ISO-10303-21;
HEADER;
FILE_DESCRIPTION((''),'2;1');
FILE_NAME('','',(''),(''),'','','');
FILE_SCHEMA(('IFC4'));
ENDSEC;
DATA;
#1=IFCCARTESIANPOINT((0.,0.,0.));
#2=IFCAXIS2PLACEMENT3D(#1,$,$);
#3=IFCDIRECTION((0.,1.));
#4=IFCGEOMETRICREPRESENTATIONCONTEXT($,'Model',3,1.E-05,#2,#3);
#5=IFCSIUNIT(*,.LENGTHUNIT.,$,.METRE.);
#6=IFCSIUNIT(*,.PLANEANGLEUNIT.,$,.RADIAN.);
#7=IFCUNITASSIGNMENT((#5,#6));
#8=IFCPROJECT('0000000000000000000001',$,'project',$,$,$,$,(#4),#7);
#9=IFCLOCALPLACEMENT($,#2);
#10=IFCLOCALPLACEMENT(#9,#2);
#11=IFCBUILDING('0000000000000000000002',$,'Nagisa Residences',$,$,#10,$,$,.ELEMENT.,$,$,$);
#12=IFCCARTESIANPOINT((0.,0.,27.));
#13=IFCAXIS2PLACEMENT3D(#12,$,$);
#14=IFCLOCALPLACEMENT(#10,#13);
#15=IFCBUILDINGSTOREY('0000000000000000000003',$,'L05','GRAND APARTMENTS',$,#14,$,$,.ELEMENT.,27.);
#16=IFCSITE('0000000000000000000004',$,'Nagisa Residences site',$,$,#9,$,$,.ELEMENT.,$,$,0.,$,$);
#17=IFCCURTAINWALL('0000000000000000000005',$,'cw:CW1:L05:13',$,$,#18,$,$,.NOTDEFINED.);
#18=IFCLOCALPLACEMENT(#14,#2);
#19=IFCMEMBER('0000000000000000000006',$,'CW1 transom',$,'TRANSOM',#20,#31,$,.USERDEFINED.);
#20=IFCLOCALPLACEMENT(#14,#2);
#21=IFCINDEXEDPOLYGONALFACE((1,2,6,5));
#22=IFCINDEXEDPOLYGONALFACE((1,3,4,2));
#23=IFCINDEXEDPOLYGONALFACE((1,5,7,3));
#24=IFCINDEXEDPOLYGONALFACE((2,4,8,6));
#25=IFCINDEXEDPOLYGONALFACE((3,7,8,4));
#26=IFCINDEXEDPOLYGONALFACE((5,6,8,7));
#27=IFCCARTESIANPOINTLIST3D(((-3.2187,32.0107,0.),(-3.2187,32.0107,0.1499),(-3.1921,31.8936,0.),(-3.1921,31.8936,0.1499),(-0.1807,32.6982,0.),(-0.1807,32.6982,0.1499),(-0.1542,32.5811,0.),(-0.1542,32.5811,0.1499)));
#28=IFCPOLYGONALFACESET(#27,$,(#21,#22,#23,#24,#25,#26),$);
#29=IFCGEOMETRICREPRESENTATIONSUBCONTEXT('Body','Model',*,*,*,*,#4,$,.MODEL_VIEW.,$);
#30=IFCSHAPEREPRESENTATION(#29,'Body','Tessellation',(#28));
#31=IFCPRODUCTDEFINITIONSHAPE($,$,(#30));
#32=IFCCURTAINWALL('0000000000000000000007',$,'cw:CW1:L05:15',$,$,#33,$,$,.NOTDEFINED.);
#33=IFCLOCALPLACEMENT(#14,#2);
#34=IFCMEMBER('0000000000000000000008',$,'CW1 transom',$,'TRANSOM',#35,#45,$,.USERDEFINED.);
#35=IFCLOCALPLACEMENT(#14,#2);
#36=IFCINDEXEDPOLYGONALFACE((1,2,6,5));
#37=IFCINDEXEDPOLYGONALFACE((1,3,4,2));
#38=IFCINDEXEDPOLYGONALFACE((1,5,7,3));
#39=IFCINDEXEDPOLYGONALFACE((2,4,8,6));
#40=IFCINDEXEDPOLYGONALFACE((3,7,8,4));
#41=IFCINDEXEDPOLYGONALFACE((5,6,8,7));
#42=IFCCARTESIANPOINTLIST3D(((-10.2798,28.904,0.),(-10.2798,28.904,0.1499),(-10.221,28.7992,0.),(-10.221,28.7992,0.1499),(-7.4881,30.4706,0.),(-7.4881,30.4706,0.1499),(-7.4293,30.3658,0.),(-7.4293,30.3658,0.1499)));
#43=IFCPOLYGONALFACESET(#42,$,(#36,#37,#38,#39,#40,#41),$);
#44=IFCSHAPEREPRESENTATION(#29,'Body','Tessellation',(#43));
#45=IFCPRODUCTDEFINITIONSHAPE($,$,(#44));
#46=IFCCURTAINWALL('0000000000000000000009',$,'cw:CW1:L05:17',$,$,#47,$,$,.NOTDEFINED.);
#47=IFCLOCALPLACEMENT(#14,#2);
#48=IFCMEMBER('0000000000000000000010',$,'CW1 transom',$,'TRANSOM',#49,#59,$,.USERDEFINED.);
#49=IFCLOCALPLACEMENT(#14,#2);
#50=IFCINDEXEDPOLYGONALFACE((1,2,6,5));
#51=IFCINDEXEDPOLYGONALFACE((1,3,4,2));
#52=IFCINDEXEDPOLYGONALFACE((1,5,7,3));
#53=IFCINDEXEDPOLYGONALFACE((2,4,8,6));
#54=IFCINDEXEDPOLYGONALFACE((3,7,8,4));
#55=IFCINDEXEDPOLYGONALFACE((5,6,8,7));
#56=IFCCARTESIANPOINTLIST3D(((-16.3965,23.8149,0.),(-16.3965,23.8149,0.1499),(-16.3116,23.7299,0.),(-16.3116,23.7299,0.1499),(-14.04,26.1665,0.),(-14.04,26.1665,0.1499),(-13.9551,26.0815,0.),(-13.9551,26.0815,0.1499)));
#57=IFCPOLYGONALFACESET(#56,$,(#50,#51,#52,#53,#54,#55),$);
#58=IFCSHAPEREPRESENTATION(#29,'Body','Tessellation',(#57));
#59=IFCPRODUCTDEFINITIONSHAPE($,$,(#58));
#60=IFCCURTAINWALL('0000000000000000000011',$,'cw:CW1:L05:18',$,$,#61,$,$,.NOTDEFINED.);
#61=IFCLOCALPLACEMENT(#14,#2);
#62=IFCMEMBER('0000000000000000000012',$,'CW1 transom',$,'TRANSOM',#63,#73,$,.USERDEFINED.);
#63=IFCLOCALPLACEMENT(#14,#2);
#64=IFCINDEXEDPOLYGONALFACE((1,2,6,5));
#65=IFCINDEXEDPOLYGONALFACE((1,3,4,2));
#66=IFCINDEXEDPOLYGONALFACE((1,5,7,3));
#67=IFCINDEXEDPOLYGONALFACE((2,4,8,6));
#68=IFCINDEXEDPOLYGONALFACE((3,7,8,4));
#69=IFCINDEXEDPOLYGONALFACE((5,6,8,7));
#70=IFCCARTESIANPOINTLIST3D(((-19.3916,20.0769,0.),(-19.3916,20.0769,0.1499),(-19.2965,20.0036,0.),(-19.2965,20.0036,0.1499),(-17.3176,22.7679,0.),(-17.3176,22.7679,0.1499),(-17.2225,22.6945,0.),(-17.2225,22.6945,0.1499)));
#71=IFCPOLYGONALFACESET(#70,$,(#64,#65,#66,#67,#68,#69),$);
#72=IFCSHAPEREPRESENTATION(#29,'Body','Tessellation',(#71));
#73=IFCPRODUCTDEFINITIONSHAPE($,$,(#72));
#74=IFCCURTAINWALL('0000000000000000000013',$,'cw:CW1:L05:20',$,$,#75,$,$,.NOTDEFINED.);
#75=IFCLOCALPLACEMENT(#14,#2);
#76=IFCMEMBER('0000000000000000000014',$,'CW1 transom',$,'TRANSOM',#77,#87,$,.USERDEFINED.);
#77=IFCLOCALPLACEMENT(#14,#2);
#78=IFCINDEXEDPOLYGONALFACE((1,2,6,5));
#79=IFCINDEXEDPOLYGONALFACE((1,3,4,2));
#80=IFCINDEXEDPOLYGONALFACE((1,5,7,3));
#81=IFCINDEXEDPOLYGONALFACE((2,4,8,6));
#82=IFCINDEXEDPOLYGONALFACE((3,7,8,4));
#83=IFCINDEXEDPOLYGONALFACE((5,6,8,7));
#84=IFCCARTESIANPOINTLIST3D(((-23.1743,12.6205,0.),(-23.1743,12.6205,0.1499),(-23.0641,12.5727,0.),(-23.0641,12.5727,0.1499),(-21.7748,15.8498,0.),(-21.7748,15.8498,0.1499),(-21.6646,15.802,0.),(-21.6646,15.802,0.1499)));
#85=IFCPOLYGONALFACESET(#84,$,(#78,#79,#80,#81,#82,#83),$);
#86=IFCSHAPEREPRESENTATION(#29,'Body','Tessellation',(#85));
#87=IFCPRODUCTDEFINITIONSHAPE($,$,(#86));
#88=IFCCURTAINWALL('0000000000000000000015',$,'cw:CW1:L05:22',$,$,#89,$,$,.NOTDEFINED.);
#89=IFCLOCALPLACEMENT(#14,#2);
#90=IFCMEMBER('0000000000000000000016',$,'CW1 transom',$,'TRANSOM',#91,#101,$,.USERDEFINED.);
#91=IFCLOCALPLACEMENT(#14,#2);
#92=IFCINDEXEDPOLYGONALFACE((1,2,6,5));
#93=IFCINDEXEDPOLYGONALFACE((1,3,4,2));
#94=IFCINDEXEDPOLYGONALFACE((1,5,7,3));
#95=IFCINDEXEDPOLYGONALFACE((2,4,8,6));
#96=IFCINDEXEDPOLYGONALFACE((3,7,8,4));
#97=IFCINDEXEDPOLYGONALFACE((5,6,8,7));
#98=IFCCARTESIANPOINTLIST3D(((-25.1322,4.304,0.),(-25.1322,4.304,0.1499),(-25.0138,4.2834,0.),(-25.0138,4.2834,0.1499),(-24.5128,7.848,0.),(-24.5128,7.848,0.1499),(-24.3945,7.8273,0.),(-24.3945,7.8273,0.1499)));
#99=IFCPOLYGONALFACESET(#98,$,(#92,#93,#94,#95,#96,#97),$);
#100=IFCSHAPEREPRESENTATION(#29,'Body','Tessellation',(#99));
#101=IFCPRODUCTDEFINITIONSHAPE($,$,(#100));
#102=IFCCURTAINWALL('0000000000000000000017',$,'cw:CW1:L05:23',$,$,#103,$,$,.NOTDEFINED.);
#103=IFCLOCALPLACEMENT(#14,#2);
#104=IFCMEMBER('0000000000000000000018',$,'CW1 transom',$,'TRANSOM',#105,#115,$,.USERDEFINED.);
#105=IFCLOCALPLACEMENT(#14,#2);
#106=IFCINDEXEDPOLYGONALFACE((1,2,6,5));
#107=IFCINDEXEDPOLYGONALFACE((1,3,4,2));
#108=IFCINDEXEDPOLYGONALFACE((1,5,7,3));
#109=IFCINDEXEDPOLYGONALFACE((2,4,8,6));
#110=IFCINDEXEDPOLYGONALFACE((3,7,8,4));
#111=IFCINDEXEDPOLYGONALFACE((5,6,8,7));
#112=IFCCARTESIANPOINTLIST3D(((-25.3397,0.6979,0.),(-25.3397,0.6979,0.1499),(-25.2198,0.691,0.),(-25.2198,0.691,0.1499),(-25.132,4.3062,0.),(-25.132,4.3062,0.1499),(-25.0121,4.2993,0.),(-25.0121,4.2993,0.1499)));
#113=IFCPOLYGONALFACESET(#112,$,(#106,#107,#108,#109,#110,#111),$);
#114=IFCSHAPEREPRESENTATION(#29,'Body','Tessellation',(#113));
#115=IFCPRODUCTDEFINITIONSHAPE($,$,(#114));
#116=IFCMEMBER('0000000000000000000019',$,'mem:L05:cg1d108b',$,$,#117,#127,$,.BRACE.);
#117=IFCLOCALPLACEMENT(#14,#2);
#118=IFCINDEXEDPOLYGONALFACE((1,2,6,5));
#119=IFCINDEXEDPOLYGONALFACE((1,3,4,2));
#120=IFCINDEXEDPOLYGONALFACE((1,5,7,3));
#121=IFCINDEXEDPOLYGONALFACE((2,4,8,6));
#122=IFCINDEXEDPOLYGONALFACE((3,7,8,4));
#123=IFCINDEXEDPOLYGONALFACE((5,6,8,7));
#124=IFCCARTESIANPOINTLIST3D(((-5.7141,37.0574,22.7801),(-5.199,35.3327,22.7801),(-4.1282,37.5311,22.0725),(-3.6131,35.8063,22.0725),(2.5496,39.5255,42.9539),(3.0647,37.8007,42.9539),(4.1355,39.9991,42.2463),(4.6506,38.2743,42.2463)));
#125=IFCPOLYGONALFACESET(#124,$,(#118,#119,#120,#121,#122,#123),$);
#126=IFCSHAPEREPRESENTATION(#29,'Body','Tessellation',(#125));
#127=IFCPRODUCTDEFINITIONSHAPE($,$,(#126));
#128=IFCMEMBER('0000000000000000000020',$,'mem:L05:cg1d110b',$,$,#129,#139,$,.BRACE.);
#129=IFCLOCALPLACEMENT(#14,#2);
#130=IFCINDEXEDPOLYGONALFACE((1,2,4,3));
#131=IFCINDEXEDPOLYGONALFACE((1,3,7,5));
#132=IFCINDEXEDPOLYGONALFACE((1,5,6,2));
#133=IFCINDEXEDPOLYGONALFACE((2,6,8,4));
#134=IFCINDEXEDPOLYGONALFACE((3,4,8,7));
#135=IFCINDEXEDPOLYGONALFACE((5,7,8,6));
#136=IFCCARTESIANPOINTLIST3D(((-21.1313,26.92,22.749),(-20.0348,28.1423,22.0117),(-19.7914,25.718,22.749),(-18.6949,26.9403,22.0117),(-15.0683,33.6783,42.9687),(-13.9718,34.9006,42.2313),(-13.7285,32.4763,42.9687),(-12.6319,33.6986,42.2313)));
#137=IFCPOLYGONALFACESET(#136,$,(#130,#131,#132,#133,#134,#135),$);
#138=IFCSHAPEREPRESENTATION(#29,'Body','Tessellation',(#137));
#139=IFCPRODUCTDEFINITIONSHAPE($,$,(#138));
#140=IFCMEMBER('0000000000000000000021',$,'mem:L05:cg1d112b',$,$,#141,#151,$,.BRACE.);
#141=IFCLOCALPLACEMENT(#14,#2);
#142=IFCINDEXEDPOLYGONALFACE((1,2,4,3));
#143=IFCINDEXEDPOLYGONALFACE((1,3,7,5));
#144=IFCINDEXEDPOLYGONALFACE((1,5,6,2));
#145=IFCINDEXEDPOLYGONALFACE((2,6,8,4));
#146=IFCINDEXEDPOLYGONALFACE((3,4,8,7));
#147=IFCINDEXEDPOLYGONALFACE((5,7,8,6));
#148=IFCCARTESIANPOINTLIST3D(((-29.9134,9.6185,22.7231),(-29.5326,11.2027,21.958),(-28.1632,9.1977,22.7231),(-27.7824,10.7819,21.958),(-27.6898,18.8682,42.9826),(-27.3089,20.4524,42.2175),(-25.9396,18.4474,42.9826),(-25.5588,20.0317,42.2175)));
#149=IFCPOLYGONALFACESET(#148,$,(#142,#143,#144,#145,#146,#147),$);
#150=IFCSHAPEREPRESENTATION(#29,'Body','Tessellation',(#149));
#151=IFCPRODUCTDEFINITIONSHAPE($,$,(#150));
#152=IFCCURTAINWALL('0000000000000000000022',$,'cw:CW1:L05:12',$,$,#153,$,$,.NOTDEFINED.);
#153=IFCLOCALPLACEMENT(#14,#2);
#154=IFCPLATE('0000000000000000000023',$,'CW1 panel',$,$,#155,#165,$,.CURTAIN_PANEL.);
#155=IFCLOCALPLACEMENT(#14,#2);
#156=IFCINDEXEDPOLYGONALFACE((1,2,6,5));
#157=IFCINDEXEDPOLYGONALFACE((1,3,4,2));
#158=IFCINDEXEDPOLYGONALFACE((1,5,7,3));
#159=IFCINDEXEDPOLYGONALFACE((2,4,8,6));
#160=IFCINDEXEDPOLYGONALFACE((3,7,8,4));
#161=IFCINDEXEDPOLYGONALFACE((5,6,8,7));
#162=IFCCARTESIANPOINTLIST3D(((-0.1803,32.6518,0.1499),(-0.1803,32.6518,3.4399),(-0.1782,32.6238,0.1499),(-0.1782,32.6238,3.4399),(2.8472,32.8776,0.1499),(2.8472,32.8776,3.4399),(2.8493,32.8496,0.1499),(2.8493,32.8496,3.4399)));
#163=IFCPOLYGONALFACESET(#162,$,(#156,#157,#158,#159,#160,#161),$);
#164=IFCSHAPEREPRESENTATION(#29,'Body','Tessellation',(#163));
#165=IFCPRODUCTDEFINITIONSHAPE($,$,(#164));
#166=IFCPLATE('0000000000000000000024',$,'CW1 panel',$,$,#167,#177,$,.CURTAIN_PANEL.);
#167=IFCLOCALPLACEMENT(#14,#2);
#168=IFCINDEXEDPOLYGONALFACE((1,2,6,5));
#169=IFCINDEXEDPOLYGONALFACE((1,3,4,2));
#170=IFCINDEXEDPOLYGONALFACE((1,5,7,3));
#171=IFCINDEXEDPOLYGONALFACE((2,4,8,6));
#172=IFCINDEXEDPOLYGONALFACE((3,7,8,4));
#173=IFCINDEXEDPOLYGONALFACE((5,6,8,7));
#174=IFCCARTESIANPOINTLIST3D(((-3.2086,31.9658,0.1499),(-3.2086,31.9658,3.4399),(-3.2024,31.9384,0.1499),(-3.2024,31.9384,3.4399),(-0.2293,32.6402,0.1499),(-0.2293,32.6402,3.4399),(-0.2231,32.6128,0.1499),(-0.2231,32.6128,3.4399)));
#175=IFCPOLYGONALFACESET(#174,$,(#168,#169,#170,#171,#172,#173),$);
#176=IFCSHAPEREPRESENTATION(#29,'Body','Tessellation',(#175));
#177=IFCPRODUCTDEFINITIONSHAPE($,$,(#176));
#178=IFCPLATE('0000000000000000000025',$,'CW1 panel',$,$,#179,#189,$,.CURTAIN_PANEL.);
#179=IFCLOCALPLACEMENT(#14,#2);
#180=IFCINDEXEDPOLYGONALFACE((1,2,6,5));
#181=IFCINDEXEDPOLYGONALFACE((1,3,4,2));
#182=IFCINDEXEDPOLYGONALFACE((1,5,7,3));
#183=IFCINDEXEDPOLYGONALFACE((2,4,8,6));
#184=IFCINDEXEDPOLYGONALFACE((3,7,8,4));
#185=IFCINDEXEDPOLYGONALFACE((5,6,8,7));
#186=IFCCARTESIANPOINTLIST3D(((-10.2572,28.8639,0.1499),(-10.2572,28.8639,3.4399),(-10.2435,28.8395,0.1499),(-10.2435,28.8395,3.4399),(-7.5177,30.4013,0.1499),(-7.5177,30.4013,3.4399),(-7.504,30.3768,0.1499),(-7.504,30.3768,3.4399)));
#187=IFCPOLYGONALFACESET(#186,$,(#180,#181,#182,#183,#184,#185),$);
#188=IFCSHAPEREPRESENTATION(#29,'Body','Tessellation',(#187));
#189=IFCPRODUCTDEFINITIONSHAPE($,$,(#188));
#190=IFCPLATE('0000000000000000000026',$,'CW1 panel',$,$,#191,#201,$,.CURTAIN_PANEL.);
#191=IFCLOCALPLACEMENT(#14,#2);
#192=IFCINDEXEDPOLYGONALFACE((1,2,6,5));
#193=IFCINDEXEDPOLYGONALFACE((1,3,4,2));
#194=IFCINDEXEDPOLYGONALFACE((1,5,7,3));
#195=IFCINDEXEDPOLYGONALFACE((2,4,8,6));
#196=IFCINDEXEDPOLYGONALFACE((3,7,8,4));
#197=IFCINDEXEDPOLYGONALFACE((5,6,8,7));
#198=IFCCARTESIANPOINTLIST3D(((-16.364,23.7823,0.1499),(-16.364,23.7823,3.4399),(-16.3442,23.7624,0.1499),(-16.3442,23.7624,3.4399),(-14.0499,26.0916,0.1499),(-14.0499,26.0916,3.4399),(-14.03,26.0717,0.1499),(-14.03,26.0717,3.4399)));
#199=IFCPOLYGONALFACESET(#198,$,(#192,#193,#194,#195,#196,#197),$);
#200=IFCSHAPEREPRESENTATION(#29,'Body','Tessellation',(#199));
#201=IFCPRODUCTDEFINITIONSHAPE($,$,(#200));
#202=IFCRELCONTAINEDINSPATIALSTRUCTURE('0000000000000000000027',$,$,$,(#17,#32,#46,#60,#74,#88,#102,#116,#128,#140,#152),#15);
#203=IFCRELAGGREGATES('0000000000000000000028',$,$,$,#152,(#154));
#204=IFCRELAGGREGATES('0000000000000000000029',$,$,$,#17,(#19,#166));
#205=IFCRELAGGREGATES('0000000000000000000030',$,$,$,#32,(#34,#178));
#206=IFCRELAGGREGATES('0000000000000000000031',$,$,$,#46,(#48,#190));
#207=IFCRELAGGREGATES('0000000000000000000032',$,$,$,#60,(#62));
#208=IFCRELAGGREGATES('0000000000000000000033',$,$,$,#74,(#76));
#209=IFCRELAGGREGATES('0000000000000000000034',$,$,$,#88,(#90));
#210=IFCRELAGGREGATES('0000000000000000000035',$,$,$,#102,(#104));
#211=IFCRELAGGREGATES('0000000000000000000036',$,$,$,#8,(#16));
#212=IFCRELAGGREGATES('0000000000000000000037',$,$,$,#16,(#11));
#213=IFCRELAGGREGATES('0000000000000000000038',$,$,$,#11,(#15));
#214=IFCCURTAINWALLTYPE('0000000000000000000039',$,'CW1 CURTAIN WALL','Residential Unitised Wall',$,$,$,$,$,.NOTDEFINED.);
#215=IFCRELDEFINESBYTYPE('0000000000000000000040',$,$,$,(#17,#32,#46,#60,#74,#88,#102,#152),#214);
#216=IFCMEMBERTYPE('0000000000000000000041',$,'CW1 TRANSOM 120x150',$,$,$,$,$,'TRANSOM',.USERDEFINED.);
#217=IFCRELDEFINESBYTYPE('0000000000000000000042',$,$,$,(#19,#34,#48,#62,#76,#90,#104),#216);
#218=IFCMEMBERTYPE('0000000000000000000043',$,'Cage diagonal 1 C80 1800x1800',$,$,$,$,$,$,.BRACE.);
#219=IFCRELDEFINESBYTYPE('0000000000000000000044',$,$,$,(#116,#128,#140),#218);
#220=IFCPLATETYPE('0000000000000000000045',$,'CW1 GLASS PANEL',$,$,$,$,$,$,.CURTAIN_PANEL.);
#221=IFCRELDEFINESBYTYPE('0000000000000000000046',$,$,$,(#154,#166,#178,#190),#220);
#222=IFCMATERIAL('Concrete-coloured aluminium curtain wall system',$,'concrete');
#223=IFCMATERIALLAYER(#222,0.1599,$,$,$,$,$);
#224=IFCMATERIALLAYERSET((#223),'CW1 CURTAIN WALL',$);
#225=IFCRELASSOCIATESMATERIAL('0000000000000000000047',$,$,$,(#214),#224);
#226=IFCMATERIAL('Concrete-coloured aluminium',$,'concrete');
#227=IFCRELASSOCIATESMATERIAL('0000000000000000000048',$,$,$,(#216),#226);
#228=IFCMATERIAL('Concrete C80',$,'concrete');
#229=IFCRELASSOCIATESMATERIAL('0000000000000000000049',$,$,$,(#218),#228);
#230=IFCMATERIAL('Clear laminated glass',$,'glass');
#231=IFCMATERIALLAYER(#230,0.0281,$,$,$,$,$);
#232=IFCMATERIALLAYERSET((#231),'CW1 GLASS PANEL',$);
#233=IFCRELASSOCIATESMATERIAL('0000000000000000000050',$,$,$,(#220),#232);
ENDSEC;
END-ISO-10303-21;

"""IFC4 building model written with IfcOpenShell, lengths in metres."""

from ifc_helpers import new_model, si_unit, direction, frame, origin, origin_2d, place, context, subcontext, project, spatial, rectangle, extrude, material, layer, layer_set, material_profile, profile_set, type_object, element, aggregate, save


model = new_model("IFC4")

# Units and contexts
model_context = context("Model", 3, precision=1e-05, world=origin(), true_north=direction((0.0, 1.0)))
body_context = subcontext(model_context, "Body", "Model", "MODEL_VIEW")
ifc_project = project(units=[si_unit("LENGTHUNIT", "METRE"), si_unit("PLANEANGLEUNIT", "RADIAN")], contexts=[model_context])

# Site, building, storey
site_placement = place(None, origin())
site = spatial("IfcSite", under=ifc_project, at=site_placement, Name="Nagisa Residences site", CompositionType="ELEMENT", RefElevation=0.0)
building_placement = place(site_placement, origin())
building = spatial("IfcBuilding", under=site, at=building_placement, Name="Nagisa Residences", CompositionType="ELEMENT")
storey_placement = place(building_placement, frame((0.0, 0.0, 27.0)))
storey = spatial("IfcBuildingStorey", under=building, at=storey_placement, Name="L05", Description="GRAND APARTMENTS", CompositionType="ELEMENT", Elevation=27.0)

# Curtain walls, members
ifc_material_1 = material(Name="Concrete-coloured aluminium curtain wall system", Category="concrete")
ifc_layer_1 = layer(ifc_material_1, 0.1599)
ifc_layer_set_1 = layer_set([ifc_layer_1], Name="CW1 CURTAIN WALL")
curtain_wall_type = type_object("IfcCurtainWallType", Name="CW1 CURTAIN WALL", Description="Residential Unitised Wall", PredefinedType="NOTDEFINED", material=ifc_layer_set_1)
curtain_wall_1_placement = place(storey_placement, origin())
curtain_wall_1 = element("IfcCurtainWall", 1, at=curtain_wall_1_placement, inside=storey, type_object=curtain_wall_type, Name="cw:CW1:L05:13", PredefinedType="NOTDEFINED")
ifc_material_2 = material(Name="Concrete-coloured aluminium", Category="concrete")
ifc_material_profile_1 = material_profile(ifc_material_2, rectangle(XDim=0.1201, YDim=0.1499, at=origin_2d()), Name="CW1 TRANSOM 120x150")
ifc_profile_set_1 = profile_set([ifc_material_profile_1], Name="Concrete-coloured aluminium")
member_type_1 = type_object("IfcMemberType", Name="CW1 TRANSOM 120x150", ElementType="TRANSOM", PredefinedType="USERDEFINED", material=ifc_profile_set_1)
member_1_placement = place(storey_placement, frame((-0.1675, 32.6396, 0.075), z_axis=(-0.975335, -0.22073, 0.0), x_axis=(0.22073, -0.975335, 0.0)))
member_1 = element("IfcMember", 2, at=member_1_placement, type_object=member_type_1, Name="CW1 transom", ObjectType="TRANSOM", PredefinedType="USERDEFINED", context=body_context, shape_type="SweptSolid", body=[
    extrude(rectangle(XDim=0.1201, YDim=0.1499, at=origin_2d()), origin(), (0.0, 0.0, 1.0), 3.1147),
])
curtain_wall_2_placement = place(storey_placement, origin())
curtain_wall_2 = element("IfcCurtainWall", 3, at=curtain_wall_2_placement, inside=storey, type_object=curtain_wall_type, Name="cw:CW1:L05:15", PredefinedType="NOTDEFINED")
member_2_placement = place(storey_placement, frame((-7.4587, 30.4182, 0.075), z_axis=(-0.87207, -0.489381, 0.0), x_axis=(0.489381, -0.87207, 0.0)))
member_2 = element("IfcMember", 4, at=member_2_placement, type_object=member_type_1, Name="CW1 transom", ObjectType="TRANSOM", PredefinedType="USERDEFINED", context=body_context, shape_type="SweptSolid", body=[
    extrude(rectangle(XDim=0.1201, YDim=0.1499, at=origin_2d()), origin(), (0.0, 0.0, 1.0), 3.2012),
])
curtain_wall_3_placement = place(storey_placement, origin())
curtain_wall_3 = element("IfcCurtainWall", 5, at=curtain_wall_3_placement, inside=storey, type_object=curtain_wall_type, Name="cw:CW1:L05:17", PredefinedType="NOTDEFINED")
member_3_placement = place(storey_placement, frame((-13.9976, 26.124, 0.075), z_axis=(-0.70784, -0.706373, 0.0), x_axis=(0.706373, -0.70784, 0.0)))
member_3 = element("IfcMember", 6, at=member_3_placement, type_object=member_type_1, Name="CW1 transom", ObjectType="TRANSOM", PredefinedType="USERDEFINED", context=body_context, shape_type="SweptSolid", body=[
    extrude(rectangle(XDim=0.1201, YDim=0.1499, at=origin_2d()), origin(), (0.0, 0.0, 1.0), 3.3291),
])
curtain_wall_4_placement = place(storey_placement, origin())
curtain_wall_4 = element("IfcCurtainWall", 7, at=curtain_wall_4_placement, inside=storey, type_object=curtain_wall_type, Name="cw:CW1:L05:18", PredefinedType="NOTDEFINED")
member_4_placement = place(storey_placement, frame((-17.27, 22.7312, 0.075), z_axis=(-0.610457, -0.792049, 0.0), x_axis=(0.792049, -0.610457, 0.0)))
member_4 = element("IfcMember", 8, at=member_4_placement, type_object=member_type_1, Name="CW1 transom", ObjectType="TRANSOM", PredefinedType="USERDEFINED", context=body_context, shape_type="SweptSolid", body=[
    extrude(rectangle(XDim=0.1201, YDim=0.1499, at=origin_2d()), origin(), (0.0, 0.0, 1.0), 3.3975),
])
curtain_wall_5_placement = place(storey_placement, origin())
curtain_wall_5 = element("IfcCurtainWall", 9, at=curtain_wall_5_placement, inside=storey, type_object=curtain_wall_type, Name="cw:CW1:L05:20", PredefinedType="NOTDEFINED")
member_5_placement = place(storey_placement, frame((-21.7197, 15.8259, 0.075), z_axis=(-0.397625, -0.917548, 0.0), x_axis=(0.917548, -0.397625, 0.0)))
member_5 = element("IfcMember", 10, at=member_5_placement, type_object=member_type_1, Name="CW1 transom", ObjectType="TRANSOM", PredefinedType="USERDEFINED", context=body_context, shape_type="SweptSolid", body=[
    extrude(rectangle(XDim=0.1201, YDim=0.1499, at=origin_2d()), origin(), (0.0, 0.0, 1.0), 3.5195),
])
curtain_wall_6_placement = place(storey_placement, origin())
curtain_wall_6 = element("IfcCurtainWall", 11, at=curtain_wall_6_placement, inside=storey, type_object=curtain_wall_type, Name="cw:CW1:L05:22", PredefinedType="NOTDEFINED")
member_6_placement = place(storey_placement, frame((-24.4536, 7.8376, 0.075), z_axis=(-0.172163, -0.985068, 0.0), x_axis=(0.985068, -0.172163, 0.0)))
member_6 = element("IfcMember", 12, at=member_6_placement, type_object=member_type_1, Name="CW1 transom", ObjectType="TRANSOM", PredefinedType="USERDEFINED", context=body_context, shape_type="SweptSolid", body=[
    extrude(rectangle(XDim=0.1201, YDim=0.1499, at=origin_2d()), origin(), (0.0, 0.0, 1.0), 3.5977),
])
curtain_wall_7_placement = place(storey_placement, origin())
curtain_wall_7 = element("IfcCurtainWall", 13, at=curtain_wall_7_placement, inside=storey, type_object=curtain_wall_type, Name="cw:CW1:L05:23", PredefinedType="NOTDEFINED")
member_7_placement = place(storey_placement, frame((-25.072, 4.3027, 0.075), z_axis=(-0.057483, -0.998347, 0.0), x_axis=(0.998347, -0.057483, 0.0)))
member_7 = element("IfcMember", 14, at=member_7_placement, type_object=member_type_1, Name="CW1 transom", ObjectType="TRANSOM", PredefinedType="USERDEFINED", context=body_context, shape_type="SweptSolid", body=[
    extrude(rectangle(XDim=0.1201, YDim=0.1499, at=origin_2d()), origin(), (0.0, 0.0, 1.0), 3.6143),
])

# Members
ifc_material_3 = material(Name="Concrete C80", Category="concrete")
ifc_material_profile_2 = material_profile(ifc_material_3, rectangle(XDim=1.8, YDim=1.8, at=origin_2d()), Name="C80 1800x1800")
ifc_profile_set_2 = profile_set([ifc_material_profile_2], Name="Concrete C80")
member_type_2 = type_object("IfcMemberType", Name="Cage diagonal 1 C80 1800x1800", PredefinedType="BRACE", material=ifc_profile_set_2)
member_8_placement = place(storey_placement, frame((-4.6636, 36.4319, 22.4263), z_axis=(0.376649, 0.11249, 0.919501), x_axis=(-0.286169, 0.958179, 0.0)))
element("IfcMember", 15, at=member_8_placement, inside=storey, type_object=member_type_2, Name="mem:L05:cg1d108b", PredefinedType="BRACE", context=body_context, shape_type="SweptSolid", body=[
    extrude(rectangle(XDim=1.8, YDim=1.8, at=origin_2d()), origin(), (0.0, 0.0, 1.0), 21.9399),
])
member_9_placement = place(storey_placement, frame((-19.9131, 26.9302, 22.3804), z_axis=(0.273543, 0.304913, 0.912251), x_axis=(-0.74436, 0.667778, 0.0)))
element("IfcMember", 16, at=member_9_placement, inside=storey, type_object=member_type_2, Name="mem:L05:cg1d110b", PredefinedType="BRACE", context=body_context, shape_type="SweptSolid", body=[
    extrude(rectangle(XDim=1.8, YDim=1.8, at=origin_2d()), origin(), (0.0, 0.0, 1.0), 22.1646),
])
member_10_placement = place(storey_placement, frame((-28.8479, 10.2002, 22.3406), z_axis=(0.099349, 0.413269, 0.905173), x_axis=(-0.972299, 0.23374, 0.0)))
element("IfcMember", 17, at=member_10_placement, inside=storey, type_object=member_type_2, Name="mem:L05:cg1d112b", PredefinedType="BRACE", context=body_context, shape_type="SweptSolid", body=[
    extrude(rectangle(XDim=1.8, YDim=1.8, at=origin_2d()), origin(), (0.0, 0.0, 1.0), 22.3818),
])

# Curtain wall, plate
curtain_wall_8_placement = place(storey_placement, origin())
curtain_wall_8 = element("IfcCurtainWall", 18, at=curtain_wall_8_placement, inside=storey, type_object=curtain_wall_type, Name="cw:CW1:L05:12", PredefinedType="NOTDEFINED")
ifc_material_4 = material(Name="Clear laminated glass", Category="glass")
ifc_layer_2 = layer(ifc_material_4, 0.0281)
ifc_layer_set_2 = layer_set([ifc_layer_2], Name="CW1 GLASS PANEL")
plate_type = type_object("IfcPlateType", Name="CW1 GLASS PANEL", PredefinedType="CURTAIN_PANEL", material=ifc_layer_set_2)
plate_1_placement = place(storey_placement, frame((1.3345, 32.7507, 0.1499), z_axis=(0.0, 0.0, 1.0), x_axis=(-0.99723, -0.074377, 0.0)))
plate_1 = element("IfcPlate", 19, at=plate_1_placement, type_object=plate_type, Name="CW1 panel", PredefinedType="CURTAIN_PANEL", context=body_context, shape_type="SweptSolid", body=[
    extrude(rectangle(XDim=3.0359, YDim=0.0281, at=origin_2d()), origin(), (0.0, 0.0, 1.0), 3.29),
])
aggregate(curtain_wall_8, [plate_1])

# Plates
plate_2_placement = place(storey_placement, frame((-1.7158, 32.2893, 0.1499), z_axis=(0.0, 0.0, 1.0), x_axis=(-0.975327, -0.220764, 0.0)))
plate_2 = element("IfcPlate", 20, at=plate_2_placement, type_object=plate_type, Name="CW1 panel", PredefinedType="CURTAIN_PANEL", context=body_context, shape_type="SweptSolid", body=[
    extrude(rectangle(XDim=3.0547, YDim=0.0281, at=origin_2d()), origin(), (0.0, 0.0, 1.0), 3.29),
])
aggregate(curtain_wall_1, [member_1, plate_2])
plate_3_placement = place(storey_placement, frame((-8.8806, 29.6204, 0.1499), z_axis=(0.0, 0.0, 1.0), x_axis=(-0.872072, -0.489377, 0.0)))
plate_3 = element("IfcPlate", 21, at=plate_3_placement, type_object=plate_type, Name="CW1 panel", PredefinedType="CURTAIN_PANEL", context=body_context, shape_type="SweptSolid", body=[
    extrude(rectangle(XDim=3.1414, YDim=0.0281, at=origin_2d()), origin(), (0.0, 0.0, 1.0), 3.29),
])
aggregate(curtain_wall_2, [member_2, plate_3])
plate_4_placement = place(storey_placement, frame((-15.197, 24.927, 0.1499), z_axis=(0.0, 0.0, 1.0), x_axis=(-0.707836, -0.706377, 0.0)))
plate_4 = element("IfcPlate", 22, at=plate_4_placement, type_object=plate_type, Name="CW1 panel", PredefinedType="CURTAIN_PANEL", context=body_context, shape_type="SweptSolid", body=[
    extrude(rectangle(XDim=3.2693, YDim=0.0281, at=origin_2d()), origin(), (0.0, 0.0, 1.0), 3.29),
])
aggregate(curtain_wall_3, [member_3, plate_4])
aggregate(curtain_wall_4, [member_4])
aggregate(curtain_wall_5, [member_5])
aggregate(curtain_wall_6, [member_6])
aggregate(curtain_wall_7, [member_7])

save(model, "model.ifc")
